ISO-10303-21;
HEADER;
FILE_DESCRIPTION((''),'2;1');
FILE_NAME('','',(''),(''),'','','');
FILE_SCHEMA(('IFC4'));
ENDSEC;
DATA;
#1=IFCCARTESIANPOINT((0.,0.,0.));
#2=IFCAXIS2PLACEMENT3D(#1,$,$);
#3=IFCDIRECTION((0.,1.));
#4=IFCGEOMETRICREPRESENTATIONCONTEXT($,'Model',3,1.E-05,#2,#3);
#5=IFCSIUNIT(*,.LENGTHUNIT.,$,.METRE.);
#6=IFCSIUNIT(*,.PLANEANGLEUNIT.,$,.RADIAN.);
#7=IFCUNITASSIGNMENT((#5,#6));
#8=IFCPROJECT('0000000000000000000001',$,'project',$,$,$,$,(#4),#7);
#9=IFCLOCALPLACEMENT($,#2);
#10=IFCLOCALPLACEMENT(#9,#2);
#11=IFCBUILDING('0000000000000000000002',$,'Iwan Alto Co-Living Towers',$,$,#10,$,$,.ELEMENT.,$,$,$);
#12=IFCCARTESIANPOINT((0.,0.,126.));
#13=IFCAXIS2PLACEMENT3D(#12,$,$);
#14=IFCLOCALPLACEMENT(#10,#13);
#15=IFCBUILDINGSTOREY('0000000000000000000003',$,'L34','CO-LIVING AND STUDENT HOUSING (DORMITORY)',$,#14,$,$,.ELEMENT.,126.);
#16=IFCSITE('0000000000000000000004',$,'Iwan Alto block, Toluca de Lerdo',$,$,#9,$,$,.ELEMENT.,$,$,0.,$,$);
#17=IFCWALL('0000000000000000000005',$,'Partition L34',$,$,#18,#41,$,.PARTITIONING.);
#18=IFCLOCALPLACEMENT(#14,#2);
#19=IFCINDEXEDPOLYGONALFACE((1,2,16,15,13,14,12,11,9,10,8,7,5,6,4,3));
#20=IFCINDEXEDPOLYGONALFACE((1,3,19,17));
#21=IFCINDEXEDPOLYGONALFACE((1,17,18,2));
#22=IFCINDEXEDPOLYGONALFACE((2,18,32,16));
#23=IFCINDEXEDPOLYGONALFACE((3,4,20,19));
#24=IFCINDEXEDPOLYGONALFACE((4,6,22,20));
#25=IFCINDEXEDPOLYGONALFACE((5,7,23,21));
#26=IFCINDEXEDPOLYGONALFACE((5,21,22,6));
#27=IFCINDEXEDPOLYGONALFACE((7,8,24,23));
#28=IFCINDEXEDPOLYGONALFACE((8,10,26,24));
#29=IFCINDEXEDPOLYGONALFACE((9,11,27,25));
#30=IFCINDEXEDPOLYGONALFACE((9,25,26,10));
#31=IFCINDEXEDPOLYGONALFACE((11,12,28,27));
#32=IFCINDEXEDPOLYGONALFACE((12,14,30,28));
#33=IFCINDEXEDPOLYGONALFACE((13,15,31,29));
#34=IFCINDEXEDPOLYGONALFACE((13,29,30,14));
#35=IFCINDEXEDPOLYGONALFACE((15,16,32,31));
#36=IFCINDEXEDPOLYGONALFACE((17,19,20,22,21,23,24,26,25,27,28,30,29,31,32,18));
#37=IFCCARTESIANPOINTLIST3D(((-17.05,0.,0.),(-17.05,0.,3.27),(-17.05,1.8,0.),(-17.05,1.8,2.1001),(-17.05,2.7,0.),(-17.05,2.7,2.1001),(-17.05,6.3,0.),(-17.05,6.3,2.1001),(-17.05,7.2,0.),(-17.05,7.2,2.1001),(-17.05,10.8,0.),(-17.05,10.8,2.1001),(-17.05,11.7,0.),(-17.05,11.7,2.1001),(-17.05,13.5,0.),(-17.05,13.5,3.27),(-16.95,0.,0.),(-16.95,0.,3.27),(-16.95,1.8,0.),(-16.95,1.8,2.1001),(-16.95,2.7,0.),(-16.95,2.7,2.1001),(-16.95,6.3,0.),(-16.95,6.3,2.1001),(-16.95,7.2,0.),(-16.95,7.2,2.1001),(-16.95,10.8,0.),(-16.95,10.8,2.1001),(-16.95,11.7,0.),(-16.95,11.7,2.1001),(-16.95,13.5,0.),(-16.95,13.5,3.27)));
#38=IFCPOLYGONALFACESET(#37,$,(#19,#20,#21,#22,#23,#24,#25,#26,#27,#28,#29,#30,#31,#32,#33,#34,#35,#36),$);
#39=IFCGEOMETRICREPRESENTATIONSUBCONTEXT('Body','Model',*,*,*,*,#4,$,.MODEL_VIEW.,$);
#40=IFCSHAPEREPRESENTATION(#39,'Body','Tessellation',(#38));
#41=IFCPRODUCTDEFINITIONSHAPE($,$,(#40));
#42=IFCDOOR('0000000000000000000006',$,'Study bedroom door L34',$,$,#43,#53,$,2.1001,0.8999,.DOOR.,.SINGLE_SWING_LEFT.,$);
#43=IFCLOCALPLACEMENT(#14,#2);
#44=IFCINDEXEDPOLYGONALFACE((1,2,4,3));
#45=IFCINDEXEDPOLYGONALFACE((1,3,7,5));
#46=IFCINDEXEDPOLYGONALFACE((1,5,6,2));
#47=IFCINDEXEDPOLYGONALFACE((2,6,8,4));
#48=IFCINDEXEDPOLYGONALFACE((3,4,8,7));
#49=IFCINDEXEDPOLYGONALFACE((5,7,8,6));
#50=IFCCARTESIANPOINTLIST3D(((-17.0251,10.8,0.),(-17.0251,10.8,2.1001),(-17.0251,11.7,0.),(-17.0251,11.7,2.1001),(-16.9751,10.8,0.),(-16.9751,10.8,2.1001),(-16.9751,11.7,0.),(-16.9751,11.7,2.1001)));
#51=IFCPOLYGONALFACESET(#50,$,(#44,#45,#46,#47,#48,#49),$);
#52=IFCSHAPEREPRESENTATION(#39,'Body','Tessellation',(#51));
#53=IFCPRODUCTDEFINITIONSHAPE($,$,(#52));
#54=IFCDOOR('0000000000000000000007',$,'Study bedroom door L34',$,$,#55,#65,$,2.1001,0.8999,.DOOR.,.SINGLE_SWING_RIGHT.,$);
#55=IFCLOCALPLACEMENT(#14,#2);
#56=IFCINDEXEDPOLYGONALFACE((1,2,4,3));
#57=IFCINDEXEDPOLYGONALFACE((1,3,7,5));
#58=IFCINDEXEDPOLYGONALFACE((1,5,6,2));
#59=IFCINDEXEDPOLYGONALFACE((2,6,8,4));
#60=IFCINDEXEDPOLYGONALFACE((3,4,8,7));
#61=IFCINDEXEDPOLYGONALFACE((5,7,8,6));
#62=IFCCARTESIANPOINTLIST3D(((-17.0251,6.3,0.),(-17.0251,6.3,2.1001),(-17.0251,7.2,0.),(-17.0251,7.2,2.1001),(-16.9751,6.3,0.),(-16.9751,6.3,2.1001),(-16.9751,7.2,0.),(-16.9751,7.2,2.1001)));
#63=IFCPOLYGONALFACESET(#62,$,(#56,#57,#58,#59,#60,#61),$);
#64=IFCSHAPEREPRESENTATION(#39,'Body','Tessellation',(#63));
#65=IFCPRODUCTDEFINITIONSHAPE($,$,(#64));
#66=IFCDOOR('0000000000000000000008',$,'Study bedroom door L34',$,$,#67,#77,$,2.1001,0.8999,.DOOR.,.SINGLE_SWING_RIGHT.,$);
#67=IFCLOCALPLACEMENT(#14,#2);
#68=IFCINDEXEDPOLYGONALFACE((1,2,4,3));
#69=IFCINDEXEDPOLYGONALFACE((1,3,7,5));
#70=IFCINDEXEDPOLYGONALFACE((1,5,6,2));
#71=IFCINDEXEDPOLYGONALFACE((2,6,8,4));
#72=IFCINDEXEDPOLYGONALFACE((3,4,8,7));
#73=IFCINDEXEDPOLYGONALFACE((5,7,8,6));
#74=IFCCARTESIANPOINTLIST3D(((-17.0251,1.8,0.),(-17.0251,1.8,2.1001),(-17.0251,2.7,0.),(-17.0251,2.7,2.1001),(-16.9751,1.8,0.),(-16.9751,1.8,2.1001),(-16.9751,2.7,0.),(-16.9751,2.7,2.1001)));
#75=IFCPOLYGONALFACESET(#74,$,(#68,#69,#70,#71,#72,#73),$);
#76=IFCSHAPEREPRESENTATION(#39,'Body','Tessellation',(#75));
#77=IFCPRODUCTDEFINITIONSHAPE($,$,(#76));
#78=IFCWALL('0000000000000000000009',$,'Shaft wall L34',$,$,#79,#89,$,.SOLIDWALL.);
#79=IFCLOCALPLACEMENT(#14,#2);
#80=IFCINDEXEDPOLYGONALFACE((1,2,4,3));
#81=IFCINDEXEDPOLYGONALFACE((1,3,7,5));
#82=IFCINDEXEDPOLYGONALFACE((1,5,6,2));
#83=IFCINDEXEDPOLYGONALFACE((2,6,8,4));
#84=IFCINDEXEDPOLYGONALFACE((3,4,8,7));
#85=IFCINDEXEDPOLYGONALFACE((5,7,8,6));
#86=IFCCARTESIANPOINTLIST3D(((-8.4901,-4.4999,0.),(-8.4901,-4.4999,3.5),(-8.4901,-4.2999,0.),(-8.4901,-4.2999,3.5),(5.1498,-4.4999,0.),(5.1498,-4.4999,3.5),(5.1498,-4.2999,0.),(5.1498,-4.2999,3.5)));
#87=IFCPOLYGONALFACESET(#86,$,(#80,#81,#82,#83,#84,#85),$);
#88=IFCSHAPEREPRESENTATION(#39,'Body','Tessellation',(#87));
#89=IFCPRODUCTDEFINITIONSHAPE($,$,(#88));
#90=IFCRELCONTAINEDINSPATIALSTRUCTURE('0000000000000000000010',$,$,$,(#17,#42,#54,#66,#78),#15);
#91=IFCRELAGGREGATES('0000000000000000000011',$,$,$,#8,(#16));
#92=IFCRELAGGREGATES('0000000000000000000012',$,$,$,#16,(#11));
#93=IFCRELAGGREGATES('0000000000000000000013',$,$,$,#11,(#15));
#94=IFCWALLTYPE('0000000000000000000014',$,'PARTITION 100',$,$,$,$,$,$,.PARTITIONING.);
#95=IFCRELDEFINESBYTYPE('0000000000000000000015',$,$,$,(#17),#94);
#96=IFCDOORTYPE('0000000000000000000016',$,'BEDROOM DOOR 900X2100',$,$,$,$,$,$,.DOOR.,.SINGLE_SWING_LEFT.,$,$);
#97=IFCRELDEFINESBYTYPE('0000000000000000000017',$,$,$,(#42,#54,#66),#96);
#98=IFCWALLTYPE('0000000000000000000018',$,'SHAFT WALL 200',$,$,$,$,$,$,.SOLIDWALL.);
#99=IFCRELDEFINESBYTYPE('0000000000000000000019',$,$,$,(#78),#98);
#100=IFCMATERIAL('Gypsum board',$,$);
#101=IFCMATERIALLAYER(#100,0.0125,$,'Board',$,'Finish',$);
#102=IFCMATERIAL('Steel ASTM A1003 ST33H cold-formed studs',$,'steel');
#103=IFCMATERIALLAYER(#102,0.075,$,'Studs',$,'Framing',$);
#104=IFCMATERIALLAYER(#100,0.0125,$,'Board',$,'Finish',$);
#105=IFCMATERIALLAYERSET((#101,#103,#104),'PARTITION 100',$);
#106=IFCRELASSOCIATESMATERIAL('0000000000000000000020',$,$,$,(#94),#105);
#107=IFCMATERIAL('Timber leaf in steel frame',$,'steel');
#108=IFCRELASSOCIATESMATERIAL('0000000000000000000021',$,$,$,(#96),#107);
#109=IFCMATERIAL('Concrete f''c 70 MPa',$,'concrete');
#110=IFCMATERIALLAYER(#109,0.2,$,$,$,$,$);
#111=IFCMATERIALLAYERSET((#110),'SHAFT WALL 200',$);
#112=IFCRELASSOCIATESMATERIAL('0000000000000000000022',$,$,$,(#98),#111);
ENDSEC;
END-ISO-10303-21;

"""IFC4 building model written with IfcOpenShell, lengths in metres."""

from ifc_helpers import new_model, si_unit, direction, frame, frame_2d, origin, place, context, subcontext, project, spatial, rectangle, extrude, material, layer, layer_set, type_object, element, fill, save


model = new_model("IFC4")

# Units and contexts
model_context = context("Model", 3, precision=1e-05, world=origin(), true_north=direction((0.0, 1.0)))
body_context = subcontext(model_context, "Body", "Model", "MODEL_VIEW")
ifc_project = project(units=[si_unit("LENGTHUNIT", "METRE"), si_unit("PLANEANGLEUNIT", "RADIAN")], contexts=[model_context])

# Site, building, storey
site_placement = place(None, origin())
site = spatial("IfcSite", under=ifc_project, at=site_placement, Name="Iwan Alto block, Toluca de Lerdo", CompositionType="ELEMENT", RefElevation=0.0)
building_placement = place(site_placement, origin())
building = spatial("IfcBuilding", under=site, at=building_placement, Name="Iwan Alto Co-Living Towers", CompositionType="ELEMENT")
storey_placement = place(building_placement, frame((0.0, 0.0, 126.0)))
storey = spatial("IfcBuildingStorey", under=building, at=storey_placement, Name="L34", Description="CO-LIVING AND STUDENT HOUSING (DORMITORY)", CompositionType="ELEMENT", Elevation=126.0)

# Shared definitions
ifc_material_1 = material(Name="Gypsum board")
ifc_material_2 = material(Name="Steel ASTM A1003 ST33H cold-formed studs", Category="steel")

# Shared definitions
ifc_layer_1 = layer(ifc_material_1, 0.0125, Name="Board", Category="Finish")
ifc_layer_2 = layer(ifc_material_2, 0.075, Name="Studs", Category="Framing")
ifc_layer_3 = layer(ifc_material_1, 0.0125, Name="Board", Category="Finish")
ifc_layer_set_1 = layer_set([ifc_layer_1, ifc_layer_2, ifc_layer_3], Name="PARTITION 100")
wall_type_1 = type_object("IfcWallType", Name="PARTITION 100", PredefinedType="PARTITIONING", material=ifc_layer_set_1)

# Wall, openings, doors
wall_1_placement = place(storey_placement, frame((-17.0, 0.0, 0.0), z_axis=(0.0, 0.0, 1.0), x_axis=(0.0, 1.0, 0.0)))
wall_1 = element("IfcWall", 1, at=wall_1_placement, inside=storey, type_object=wall_type_1, Name="Partition L34", PredefinedType="PARTITIONING", context=body_context, shape_type="SweptSolid", body=[
    extrude(rectangle(XDim=13.5, YDim=0.1001, at=frame_2d((6.75, 0.0))), origin(), (0.0, 0.0, 1.0), 3.27),
])
opening_1_placement = place(wall_1_placement, frame((10.8, 0.0, 0.0)))
opening_1 = element("IfcOpeningElement", 2, at=opening_1_placement, cuts=wall_1, PredefinedType="OPENING", context=body_context, shape_type="SweptSolid", body=[
    extrude(rectangle(XDim=0.8999, YDim=2.1001, at=frame_2d((0.45, 1.05))), frame((0.0, 0.0601, 0.0), z_axis=(0.0, -1.0, 0.0), x_axis=(1.0, 0.0, 0.0)), (0.0, 0.0, 1.0), 0.1201),
])
opening_2_placement = place(wall_1_placement, frame((6.3, 0.0, 0.0)))
opening_2 = element("IfcOpeningElement", 3, at=opening_2_placement, cuts=wall_1, PredefinedType="OPENING", context=body_context, shape_type="SweptSolid", body=[
    extrude(rectangle(XDim=0.8999, YDim=2.1001, at=frame_2d((0.45, 1.05))), frame((0.0, 0.0601, 0.0), z_axis=(0.0, -1.0, 0.0), x_axis=(1.0, 0.0, 0.0)), (0.0, 0.0, 1.0), 0.1201),
])
opening_3_placement = place(wall_1_placement, frame((1.8, 0.0, 0.0)))
opening_3 = element("IfcOpeningElement", 4, at=opening_3_placement, cuts=wall_1, PredefinedType="OPENING", context=body_context, shape_type="SweptSolid", body=[
    extrude(rectangle(XDim=0.8999, YDim=2.1001, at=frame_2d((0.45, 1.05))), frame((0.0, 0.0601, 0.0), z_axis=(0.0, -1.0, 0.0), x_axis=(1.0, 0.0, 0.0)), (0.0, 0.0, 1.0), 0.1201),
])
ifc_material_3 = material(Name="Timber leaf in steel frame", Category="steel")
door_type_1 = type_object("IfcDoorType", Name="BEDROOM DOOR 900X2100", OperationType="SINGLE_SWING_LEFT", PredefinedType="DOOR", material=ifc_material_3)
door_1_placement = place(opening_1_placement, frame((0.8999, 0.0, 0.0), z_axis=(0.0, 0.0, 1.0), x_axis=(-1.0, 0.0, 0.0)))
door_1 = element("IfcDoor", 5, at=door_1_placement, inside=storey, type_object=door_type_1, Name="Study bedroom door L34", OperationType="SINGLE_SWING_LEFT", OverallHeight=2.1001, OverallWidth=0.8999, PredefinedType="DOOR", context=body_context, shape_type="SweptSolid", body=[
    extrude(rectangle(XDim=0.8999, YDim=2.1001, at=frame_2d((0.45, 1.05))), frame((0.0, 0.0249, 0.0), z_axis=(0.0, -1.0, 0.0), x_axis=(1.0, 0.0, 0.0)), (0.0, 0.0, 1.0), 0.05),
])
fill(opening_1, door_1)
door_2_placement = place(opening_2_placement, frame((0.8999, 0.0, 0.0), z_axis=(0.0, 0.0, 1.0), x_axis=(-1.0, 0.0, 0.0)))
door_2 = element("IfcDoor", 6, at=door_2_placement, inside=storey, type_object=door_type_1, Name="Study bedroom door L34", OperationType="SINGLE_SWING_RIGHT", OverallHeight=2.1001, OverallWidth=0.8999, PredefinedType="DOOR", context=body_context, shape_type="SweptSolid", body=[
    extrude(rectangle(XDim=0.8999, YDim=2.1001, at=frame_2d((0.45, 1.05))), frame((0.0, 0.0249, 0.0), z_axis=(0.0, -1.0, 0.0), x_axis=(1.0, 0.0, 0.0)), (0.0, 0.0, 1.0), 0.05),
])
fill(opening_2, door_2)
door_3_placement = place(opening_3_placement, frame((0.8999, 0.0, 0.0), z_axis=(0.0, 0.0, 1.0), x_axis=(-1.0, 0.0, 0.0)))
door_3 = element("IfcDoor", 7, at=door_3_placement, inside=storey, type_object=door_type_1, Name="Study bedroom door L34", OperationType="SINGLE_SWING_RIGHT", OverallHeight=2.1001, OverallWidth=0.8999, PredefinedType="DOOR", context=body_context, shape_type="SweptSolid", body=[
    extrude(rectangle(XDim=0.8999, YDim=2.1001, at=frame_2d((0.45, 1.05))), frame((0.0, 0.0249, 0.0), z_axis=(0.0, -1.0, 0.0), x_axis=(1.0, 0.0, 0.0)), (0.0, 0.0, 1.0), 0.05),
])
fill(opening_3, door_3)

# Wall
ifc_material_4 = material(Name="Concrete f'c 70 MPa", Category="concrete")
ifc_layer_4 = layer(ifc_material_4, 0.2)
ifc_layer_set_2 = layer_set([ifc_layer_4], Name="SHAFT WALL 200")
wall_type_2 = type_object("IfcWallType", Name="SHAFT WALL 200", PredefinedType="SOLIDWALL", material=ifc_layer_set_2)
wall_2_placement = place(storey_placement, frame((-8.49, -4.3999, 0.0), z_axis=(0.0, 0.0, 1.0), x_axis=(1.0, 0.0, 0.0)))
element("IfcWall", 8, at=wall_2_placement, inside=storey, type_object=wall_type_2, Name="Shaft wall L34", PredefinedType="SOLIDWALL", context=body_context, shape_type="SweptSolid", body=[
    extrude(rectangle(XDim=13.6399, YDim=0.2, at=frame_2d((6.8198, 0.0))), origin(), (0.0, 0.0, 1.0), 3.5),
])

save(model, "model.ifc")
